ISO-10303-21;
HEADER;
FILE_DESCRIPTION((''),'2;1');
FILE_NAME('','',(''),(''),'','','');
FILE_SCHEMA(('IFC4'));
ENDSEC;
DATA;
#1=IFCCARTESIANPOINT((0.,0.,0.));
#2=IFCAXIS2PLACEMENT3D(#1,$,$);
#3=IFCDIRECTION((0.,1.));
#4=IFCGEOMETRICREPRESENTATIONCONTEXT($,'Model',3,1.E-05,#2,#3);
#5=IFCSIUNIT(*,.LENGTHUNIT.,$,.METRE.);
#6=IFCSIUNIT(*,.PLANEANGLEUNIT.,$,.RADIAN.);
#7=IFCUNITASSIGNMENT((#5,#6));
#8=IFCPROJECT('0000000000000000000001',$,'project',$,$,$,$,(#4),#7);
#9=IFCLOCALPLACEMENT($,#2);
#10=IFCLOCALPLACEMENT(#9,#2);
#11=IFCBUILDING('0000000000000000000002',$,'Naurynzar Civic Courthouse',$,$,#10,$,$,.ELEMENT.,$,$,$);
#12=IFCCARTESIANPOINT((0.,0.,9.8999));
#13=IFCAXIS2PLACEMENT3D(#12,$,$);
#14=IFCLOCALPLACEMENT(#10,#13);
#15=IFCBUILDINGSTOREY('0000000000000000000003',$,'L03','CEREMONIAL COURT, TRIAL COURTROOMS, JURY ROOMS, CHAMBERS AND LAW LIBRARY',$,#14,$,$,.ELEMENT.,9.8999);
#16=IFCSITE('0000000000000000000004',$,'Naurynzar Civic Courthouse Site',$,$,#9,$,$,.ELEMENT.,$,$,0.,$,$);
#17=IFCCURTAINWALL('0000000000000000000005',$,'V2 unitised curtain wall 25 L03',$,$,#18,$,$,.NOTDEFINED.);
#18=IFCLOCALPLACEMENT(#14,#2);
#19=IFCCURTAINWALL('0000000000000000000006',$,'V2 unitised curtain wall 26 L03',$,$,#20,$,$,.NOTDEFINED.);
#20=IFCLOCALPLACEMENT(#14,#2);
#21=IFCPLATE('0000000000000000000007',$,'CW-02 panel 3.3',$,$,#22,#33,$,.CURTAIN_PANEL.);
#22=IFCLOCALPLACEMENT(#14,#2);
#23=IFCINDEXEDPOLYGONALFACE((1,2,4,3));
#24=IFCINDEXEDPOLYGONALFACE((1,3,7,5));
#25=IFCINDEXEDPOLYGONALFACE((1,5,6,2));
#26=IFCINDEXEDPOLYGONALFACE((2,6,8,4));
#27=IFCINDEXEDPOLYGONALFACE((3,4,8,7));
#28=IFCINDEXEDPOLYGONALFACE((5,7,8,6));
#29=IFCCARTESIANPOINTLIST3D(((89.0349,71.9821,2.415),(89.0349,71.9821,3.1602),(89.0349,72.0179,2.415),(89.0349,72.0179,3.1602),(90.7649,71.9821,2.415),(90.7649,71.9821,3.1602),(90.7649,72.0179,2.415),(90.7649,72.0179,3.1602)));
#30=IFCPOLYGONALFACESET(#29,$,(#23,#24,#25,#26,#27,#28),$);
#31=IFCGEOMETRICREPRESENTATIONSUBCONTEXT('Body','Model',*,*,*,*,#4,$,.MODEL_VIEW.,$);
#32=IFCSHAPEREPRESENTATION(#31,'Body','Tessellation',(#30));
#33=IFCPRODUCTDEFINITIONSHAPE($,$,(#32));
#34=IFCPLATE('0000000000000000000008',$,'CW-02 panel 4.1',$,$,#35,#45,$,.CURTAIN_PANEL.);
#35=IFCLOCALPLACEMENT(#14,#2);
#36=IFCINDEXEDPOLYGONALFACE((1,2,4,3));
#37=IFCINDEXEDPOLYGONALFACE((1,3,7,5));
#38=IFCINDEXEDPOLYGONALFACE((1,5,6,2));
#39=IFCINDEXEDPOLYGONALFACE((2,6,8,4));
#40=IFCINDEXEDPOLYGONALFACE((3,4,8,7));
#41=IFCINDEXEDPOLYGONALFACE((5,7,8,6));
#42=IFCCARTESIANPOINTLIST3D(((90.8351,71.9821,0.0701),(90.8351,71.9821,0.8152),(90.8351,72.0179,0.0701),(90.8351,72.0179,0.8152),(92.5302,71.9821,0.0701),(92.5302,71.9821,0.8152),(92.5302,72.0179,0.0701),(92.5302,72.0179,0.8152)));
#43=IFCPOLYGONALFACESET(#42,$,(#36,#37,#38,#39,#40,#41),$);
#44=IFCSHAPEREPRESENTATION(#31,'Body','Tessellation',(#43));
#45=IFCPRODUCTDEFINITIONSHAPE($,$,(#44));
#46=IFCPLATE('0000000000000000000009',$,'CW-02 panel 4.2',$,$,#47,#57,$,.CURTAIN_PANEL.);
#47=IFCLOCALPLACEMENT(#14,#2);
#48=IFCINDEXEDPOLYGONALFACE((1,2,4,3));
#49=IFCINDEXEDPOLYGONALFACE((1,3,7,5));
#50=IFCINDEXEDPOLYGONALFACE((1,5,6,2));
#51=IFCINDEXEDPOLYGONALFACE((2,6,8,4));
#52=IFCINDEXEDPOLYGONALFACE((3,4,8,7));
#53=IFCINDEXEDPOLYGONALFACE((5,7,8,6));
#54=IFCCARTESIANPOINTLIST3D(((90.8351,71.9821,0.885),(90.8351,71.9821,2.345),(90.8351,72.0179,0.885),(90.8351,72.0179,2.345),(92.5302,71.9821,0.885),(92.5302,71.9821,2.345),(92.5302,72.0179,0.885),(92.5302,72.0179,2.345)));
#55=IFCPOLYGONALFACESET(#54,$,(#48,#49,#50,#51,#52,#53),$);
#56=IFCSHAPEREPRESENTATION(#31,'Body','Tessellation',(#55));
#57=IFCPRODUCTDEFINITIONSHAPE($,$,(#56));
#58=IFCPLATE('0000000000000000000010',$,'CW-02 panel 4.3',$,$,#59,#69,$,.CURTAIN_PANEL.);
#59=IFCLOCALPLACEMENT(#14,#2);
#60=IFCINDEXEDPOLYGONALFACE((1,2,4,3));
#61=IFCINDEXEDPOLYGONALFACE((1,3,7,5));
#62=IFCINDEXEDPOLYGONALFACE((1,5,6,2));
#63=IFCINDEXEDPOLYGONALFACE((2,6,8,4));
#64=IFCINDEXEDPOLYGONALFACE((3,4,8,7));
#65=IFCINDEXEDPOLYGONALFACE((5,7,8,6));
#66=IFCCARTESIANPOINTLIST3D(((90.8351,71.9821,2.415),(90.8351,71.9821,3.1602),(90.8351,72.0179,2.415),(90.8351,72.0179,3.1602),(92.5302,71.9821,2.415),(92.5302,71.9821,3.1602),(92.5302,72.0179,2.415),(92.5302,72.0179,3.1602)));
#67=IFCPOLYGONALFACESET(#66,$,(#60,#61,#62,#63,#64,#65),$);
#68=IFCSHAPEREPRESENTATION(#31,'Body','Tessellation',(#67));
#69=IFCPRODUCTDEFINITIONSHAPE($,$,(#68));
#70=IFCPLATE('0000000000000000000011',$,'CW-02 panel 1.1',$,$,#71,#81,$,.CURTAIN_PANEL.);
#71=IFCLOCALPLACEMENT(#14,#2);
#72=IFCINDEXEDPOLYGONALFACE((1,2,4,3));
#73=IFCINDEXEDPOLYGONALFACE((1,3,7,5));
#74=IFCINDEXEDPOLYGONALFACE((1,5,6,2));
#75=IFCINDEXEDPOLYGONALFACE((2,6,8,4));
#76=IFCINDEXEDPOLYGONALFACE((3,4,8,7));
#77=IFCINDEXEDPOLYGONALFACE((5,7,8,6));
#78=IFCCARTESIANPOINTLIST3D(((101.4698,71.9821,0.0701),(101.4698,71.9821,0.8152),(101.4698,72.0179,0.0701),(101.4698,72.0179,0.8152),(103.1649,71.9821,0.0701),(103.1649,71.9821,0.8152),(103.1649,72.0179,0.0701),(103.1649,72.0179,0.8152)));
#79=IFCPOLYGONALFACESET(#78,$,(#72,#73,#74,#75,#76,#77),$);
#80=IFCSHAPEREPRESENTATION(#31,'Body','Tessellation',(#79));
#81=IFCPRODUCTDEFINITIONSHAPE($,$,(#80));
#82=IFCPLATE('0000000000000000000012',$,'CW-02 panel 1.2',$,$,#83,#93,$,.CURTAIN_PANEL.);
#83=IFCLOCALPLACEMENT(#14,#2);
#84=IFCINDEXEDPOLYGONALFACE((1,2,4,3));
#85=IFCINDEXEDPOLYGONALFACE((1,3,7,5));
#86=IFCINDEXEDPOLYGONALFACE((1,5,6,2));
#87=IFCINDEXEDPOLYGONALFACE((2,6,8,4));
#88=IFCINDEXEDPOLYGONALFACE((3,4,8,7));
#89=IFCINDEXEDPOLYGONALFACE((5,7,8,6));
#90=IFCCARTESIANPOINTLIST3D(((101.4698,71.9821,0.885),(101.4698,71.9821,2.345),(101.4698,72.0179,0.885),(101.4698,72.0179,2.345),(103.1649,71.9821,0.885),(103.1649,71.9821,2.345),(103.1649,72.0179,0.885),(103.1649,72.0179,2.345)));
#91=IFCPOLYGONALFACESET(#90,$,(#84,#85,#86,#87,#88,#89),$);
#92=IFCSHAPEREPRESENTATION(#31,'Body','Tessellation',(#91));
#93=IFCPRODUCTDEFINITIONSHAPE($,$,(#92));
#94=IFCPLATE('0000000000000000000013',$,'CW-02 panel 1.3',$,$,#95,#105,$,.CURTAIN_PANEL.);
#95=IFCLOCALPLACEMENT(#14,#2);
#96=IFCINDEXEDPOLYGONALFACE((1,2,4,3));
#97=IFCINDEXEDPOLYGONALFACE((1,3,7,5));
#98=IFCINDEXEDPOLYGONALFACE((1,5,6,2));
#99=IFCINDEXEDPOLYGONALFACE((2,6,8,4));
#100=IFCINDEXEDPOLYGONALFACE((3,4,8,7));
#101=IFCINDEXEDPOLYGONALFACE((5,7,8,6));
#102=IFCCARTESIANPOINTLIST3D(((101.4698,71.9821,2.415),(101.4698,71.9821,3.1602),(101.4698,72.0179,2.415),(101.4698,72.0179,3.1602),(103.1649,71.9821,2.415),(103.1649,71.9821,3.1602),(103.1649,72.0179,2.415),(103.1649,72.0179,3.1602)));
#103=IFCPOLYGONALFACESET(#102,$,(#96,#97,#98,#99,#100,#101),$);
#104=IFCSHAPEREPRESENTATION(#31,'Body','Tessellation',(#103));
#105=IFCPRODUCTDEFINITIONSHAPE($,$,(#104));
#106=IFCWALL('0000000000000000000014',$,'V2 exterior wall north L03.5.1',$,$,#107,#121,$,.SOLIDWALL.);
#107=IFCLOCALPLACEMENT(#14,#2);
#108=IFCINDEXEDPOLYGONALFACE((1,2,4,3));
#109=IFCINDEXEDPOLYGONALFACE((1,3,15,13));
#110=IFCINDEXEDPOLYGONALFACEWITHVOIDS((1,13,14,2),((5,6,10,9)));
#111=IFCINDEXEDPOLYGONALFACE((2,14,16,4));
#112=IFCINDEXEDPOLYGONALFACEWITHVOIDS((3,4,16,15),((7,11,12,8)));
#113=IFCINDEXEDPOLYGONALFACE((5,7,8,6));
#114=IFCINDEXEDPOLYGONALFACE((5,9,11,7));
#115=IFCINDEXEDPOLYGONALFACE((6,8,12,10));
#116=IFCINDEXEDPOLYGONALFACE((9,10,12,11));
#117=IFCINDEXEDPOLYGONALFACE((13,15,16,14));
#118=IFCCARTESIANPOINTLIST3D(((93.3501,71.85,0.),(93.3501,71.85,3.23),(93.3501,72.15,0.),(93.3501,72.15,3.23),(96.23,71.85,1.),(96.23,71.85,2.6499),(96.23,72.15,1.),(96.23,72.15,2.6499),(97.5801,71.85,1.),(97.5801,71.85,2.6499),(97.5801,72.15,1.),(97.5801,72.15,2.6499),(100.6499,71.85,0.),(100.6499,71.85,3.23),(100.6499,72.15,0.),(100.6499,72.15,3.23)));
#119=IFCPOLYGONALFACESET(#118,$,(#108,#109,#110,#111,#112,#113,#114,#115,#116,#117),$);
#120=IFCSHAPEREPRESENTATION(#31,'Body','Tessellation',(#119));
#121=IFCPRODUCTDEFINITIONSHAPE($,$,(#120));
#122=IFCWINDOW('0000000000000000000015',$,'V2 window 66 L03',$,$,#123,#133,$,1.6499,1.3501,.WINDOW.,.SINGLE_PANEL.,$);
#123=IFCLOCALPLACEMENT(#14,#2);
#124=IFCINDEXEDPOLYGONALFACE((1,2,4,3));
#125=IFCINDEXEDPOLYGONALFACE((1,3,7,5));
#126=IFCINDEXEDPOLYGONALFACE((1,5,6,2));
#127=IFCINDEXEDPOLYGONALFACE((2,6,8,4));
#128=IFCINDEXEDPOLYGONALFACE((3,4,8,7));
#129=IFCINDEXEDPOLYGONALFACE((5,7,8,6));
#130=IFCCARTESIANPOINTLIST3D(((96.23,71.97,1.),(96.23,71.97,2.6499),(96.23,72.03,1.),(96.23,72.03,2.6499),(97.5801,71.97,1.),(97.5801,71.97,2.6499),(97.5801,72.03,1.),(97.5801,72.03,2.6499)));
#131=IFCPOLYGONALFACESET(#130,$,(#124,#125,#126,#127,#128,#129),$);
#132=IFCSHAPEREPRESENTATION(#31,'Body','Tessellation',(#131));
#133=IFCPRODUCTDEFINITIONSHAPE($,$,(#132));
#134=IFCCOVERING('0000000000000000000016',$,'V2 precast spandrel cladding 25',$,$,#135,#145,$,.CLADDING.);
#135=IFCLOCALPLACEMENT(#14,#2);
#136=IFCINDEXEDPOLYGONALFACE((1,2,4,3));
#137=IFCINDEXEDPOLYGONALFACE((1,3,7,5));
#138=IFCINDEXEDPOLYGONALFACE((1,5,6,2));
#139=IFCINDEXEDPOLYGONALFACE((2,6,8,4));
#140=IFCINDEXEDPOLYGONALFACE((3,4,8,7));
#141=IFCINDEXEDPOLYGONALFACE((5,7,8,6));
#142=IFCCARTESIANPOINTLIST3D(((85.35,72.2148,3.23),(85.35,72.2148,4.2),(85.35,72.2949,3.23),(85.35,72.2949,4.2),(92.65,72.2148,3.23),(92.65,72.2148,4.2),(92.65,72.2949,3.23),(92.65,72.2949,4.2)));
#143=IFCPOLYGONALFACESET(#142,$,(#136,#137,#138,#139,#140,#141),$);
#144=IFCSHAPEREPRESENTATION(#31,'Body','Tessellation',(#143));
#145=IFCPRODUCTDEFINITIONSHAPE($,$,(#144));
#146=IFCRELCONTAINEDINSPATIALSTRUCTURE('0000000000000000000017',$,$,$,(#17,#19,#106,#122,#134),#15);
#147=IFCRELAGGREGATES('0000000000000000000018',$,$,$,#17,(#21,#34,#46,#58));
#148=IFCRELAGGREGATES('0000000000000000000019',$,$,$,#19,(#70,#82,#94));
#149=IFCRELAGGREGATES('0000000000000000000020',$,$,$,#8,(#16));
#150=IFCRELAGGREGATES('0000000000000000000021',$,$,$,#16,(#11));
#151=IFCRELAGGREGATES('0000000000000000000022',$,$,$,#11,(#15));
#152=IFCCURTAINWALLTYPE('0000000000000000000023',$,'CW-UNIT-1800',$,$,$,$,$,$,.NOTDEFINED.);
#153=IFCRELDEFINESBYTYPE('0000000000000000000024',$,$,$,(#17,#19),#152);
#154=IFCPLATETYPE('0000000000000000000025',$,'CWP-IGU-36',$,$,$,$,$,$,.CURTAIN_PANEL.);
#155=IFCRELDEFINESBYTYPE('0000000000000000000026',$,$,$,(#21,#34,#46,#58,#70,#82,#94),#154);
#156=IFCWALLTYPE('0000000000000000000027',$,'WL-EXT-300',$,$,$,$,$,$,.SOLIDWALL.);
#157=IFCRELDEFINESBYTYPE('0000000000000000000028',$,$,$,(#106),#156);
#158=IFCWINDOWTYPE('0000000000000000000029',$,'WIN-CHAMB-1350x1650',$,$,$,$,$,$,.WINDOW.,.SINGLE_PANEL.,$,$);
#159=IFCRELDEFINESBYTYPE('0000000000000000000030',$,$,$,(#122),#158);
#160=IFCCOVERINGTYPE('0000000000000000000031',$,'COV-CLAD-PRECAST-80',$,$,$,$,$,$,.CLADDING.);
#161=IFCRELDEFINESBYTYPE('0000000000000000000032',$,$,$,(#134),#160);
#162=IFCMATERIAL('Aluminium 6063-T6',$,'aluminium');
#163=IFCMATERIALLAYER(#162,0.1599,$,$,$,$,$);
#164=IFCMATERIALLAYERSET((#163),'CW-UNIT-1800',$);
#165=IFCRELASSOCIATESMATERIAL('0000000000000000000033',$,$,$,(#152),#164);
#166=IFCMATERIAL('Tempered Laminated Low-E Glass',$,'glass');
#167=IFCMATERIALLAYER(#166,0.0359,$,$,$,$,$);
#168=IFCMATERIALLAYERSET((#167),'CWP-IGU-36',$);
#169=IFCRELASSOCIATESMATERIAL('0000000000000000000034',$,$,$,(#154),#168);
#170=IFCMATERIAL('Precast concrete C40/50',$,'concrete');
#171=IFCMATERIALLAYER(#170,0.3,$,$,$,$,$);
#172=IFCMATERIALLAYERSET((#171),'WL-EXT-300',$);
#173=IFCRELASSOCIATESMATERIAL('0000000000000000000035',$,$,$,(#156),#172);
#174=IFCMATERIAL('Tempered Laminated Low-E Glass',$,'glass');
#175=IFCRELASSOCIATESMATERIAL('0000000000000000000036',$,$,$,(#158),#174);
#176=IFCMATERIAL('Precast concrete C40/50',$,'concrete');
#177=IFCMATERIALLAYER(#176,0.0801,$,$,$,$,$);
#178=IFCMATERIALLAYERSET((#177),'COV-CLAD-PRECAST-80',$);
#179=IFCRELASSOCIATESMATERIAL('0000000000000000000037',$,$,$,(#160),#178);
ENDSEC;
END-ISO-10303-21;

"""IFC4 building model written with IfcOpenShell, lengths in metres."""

from ifc_helpers import new_model, si_unit, direction, frame, frame_2d, origin, origin_2d, place, context, subcontext, project, spatial, rectangle, extrude, material, layer, layer_set, type_object, element, fill, aggregate, save


model = new_model("IFC4")

# Units and contexts
model_context = context("Model", 3, precision=1e-05, world=origin(), true_north=direction((0.0, 1.0)))
body_context = subcontext(model_context, "Body", "Model", "MODEL_VIEW")
ifc_project = project(units=[si_unit("LENGTHUNIT", "METRE"), si_unit("PLANEANGLEUNIT", "RADIAN")], contexts=[model_context])

# Site, building, storey
site_placement = place(None, origin())
site = spatial("IfcSite", under=ifc_project, at=site_placement, Name="Naurynzar Civic Courthouse Site", CompositionType="ELEMENT", RefElevation=0.0)
building_placement = place(site_placement, origin())
building = spatial("IfcBuilding", under=site, at=building_placement, Name="Naurynzar Civic Courthouse", CompositionType="ELEMENT")
storey_placement = place(building_placement, frame((0.0, 0.0, 9.8999)))
storey = spatial("IfcBuildingStorey", under=building, at=storey_placement, Name="L03", Description="CEREMONIAL COURT, TRIAL COURTROOMS, JURY ROOMS, CHAMBERS AND LAW LIBRARY", CompositionType="ELEMENT", Elevation=9.8999)

# Curtain wall
ifc_material_1 = material(Name="Aluminium 6063-T6", Category="aluminium")
ifc_layer_1 = layer(ifc_material_1, 0.1599)
ifc_layer_set_1 = layer_set([ifc_layer_1], Name="CW-UNIT-1800")
curtain_wall_type = type_object("IfcCurtainWallType", Name="CW-UNIT-1800", PredefinedType="NOTDEFINED", material=ifc_layer_set_1)
curtain_wall_1_placement = place(storey_placement, origin())
curtain_wall_1 = element("IfcCurtainWall", 1, at=curtain_wall_1_placement, inside=storey, type_object=curtain_wall_type, Name="V2 unitised curtain wall 25 L03", PredefinedType="NOTDEFINED")

# Curtain wall
curtain_wall_2_placement = place(storey_placement, origin())
curtain_wall_2 = element("IfcCurtainWall", 2, at=curtain_wall_2_placement, inside=storey, type_object=curtain_wall_type, Name="V2 unitised curtain wall 26 L03", PredefinedType="NOTDEFINED")

# Plates
ifc_material_2 = material(Name="Tempered Laminated Low-E Glass", Category="glass")
ifc_layer_2 = layer(ifc_material_2, 0.0359)
ifc_layer_set_2 = layer_set([ifc_layer_2], Name="CWP-IGU-36")
plate_type = type_object("IfcPlateType", Name="CWP-IGU-36", PredefinedType="CURTAIN_PANEL", material=ifc_layer_set_2)
plate_1_placement = place(storey_placement, frame((89.8999, 72.0, 2.415), z_axis=(0.0, 0.0, 1.0), x_axis=(1.0, 0.0, 0.0)))
plate_1 = element("IfcPlate", 3, at=plate_1_placement, type_object=plate_type, Name="CW-02 panel 3.3", PredefinedType="CURTAIN_PANEL", context=body_context, shape_type="SweptSolid", body=[
    extrude(rectangle(XDim=1.73, YDim=0.0359, at=origin_2d()), origin(), (0.0, 0.0, 1.0), 0.7451),
])
plate_2_placement = place(storey_placement, frame((91.6826, 72.0, 0.0701), z_axis=(0.0, 0.0, 1.0), x_axis=(1.0, 0.0, 0.0)))
plate_2 = element("IfcPlate", 4, at=plate_2_placement, type_object=plate_type, Name="CW-02 panel 4.1", PredefinedType="CURTAIN_PANEL", context=body_context, shape_type="SweptSolid", body=[
    extrude(rectangle(XDim=1.6951, YDim=0.0359, at=origin_2d()), origin(), (0.0, 0.0, 1.0), 0.7451),
])
plate_3_placement = place(storey_placement, frame((91.6826, 72.0, 0.885), z_axis=(0.0, 0.0, 1.0), x_axis=(1.0, 0.0, 0.0)))
plate_3 = element("IfcPlate", 5, at=plate_3_placement, type_object=plate_type, Name="CW-02 panel 4.2", PredefinedType="CURTAIN_PANEL", context=body_context, shape_type="SweptSolid", body=[
    extrude(rectangle(XDim=1.6951, YDim=0.0359, at=origin_2d()), origin(), (0.0, 0.0, 1.0), 1.46),
])
plate_4_placement = place(storey_placement, frame((91.6826, 72.0, 2.415), z_axis=(0.0, 0.0, 1.0), x_axis=(1.0, 0.0, 0.0)))
plate_4 = element("IfcPlate", 6, at=plate_4_placement, type_object=plate_type, Name="CW-02 panel 4.3", PredefinedType="CURTAIN_PANEL", context=body_context, shape_type="SweptSolid", body=[
    extrude(rectangle(XDim=1.6951, YDim=0.0359, at=origin_2d()), origin(), (0.0, 0.0, 1.0), 0.7451),
])
aggregate(curtain_wall_1, [plate_1, plate_2, plate_3, plate_4])
plate_5_placement = place(storey_placement, frame((102.3174, 72.0, 0.0701), z_axis=(0.0, 0.0, 1.0), x_axis=(1.0, 0.0, 0.0)))
plate_5 = element("IfcPlate", 7, at=plate_5_placement, type_object=plate_type, Name="CW-02 panel 1.1", PredefinedType="CURTAIN_PANEL", context=body_context, shape_type="SweptSolid", body=[
    extrude(rectangle(XDim=1.6951, YDim=0.0359, at=origin_2d()), origin(), (0.0, 0.0, 1.0), 0.7451),
])
plate_6_placement = place(storey_placement, frame((102.3174, 72.0, 0.885), z_axis=(0.0, 0.0, 1.0), x_axis=(1.0, 0.0, 0.0)))
plate_6 = element("IfcPlate", 8, at=plate_6_placement, type_object=plate_type, Name="CW-02 panel 1.2", PredefinedType="CURTAIN_PANEL", context=body_context, shape_type="SweptSolid", body=[
    extrude(rectangle(XDim=1.6951, YDim=0.0359, at=origin_2d()), origin(), (0.0, 0.0, 1.0), 1.46),
])
plate_7_placement = place(storey_placement, frame((102.3174, 72.0, 2.415), z_axis=(0.0, 0.0, 1.0), x_axis=(1.0, 0.0, 0.0)))
plate_7 = element("IfcPlate", 9, at=plate_7_placement, type_object=plate_type, Name="CW-02 panel 1.3", PredefinedType="CURTAIN_PANEL", context=body_context, shape_type="SweptSolid", body=[
    extrude(rectangle(XDim=1.6951, YDim=0.0359, at=origin_2d()), origin(), (0.0, 0.0, 1.0), 0.7451),
])
aggregate(curtain_wall_2, [plate_5, plate_6, plate_7])

# Wall, opening, window
ifc_material_3 = material(Name="Precast concrete C40/50", Category="concrete")
ifc_layer_3 = layer(ifc_material_3, 0.3)
ifc_layer_set_3 = layer_set([ifc_layer_3], Name="WL-EXT-300")
wall_type = type_object("IfcWallType", Name="WL-EXT-300", PredefinedType="SOLIDWALL", material=ifc_layer_set_3)
wall_placement = place(storey_placement, frame((93.3501, 72.0, 0.0), z_axis=(0.0, 0.0, 1.0), x_axis=(1.0, 0.0, 0.0)))
wall = element("IfcWall", 10, at=wall_placement, inside=storey, type_object=wall_type, Name="V2 exterior wall north L03.5.1", PredefinedType="SOLIDWALL", context=body_context, shape_type="SweptSolid", body=[
    extrude(rectangle(XDim=7.2998, YDim=0.3, at=frame_2d((3.6499, 0.0))), origin(), (0.0, 0.0, 1.0), 3.23),
])
opening_placement = place(wall_placement, frame((2.8799, 0.0, 1.0)))
opening = element("IfcOpeningElement", 11, at=opening_placement, cuts=wall, PredefinedType="OPENING", context=body_context, shape_type="SweptSolid", body=[
    extrude(rectangle(XDim=1.3501, YDim=1.6499, at=frame_2d((0.675, 0.825))), frame((0.0, 0.1599, 0.0), z_axis=(0.0, -1.0, 0.0), x_axis=(1.0, 0.0, 0.0)), (0.0, 0.0, 1.0), 0.3201),
])
ifc_material_4 = material(Name="Tempered Laminated Low-E Glass", Category="glass")
window_type = type_object("IfcWindowType", Name="WIN-CHAMB-1350x1650", PartitioningType="SINGLE_PANEL", PredefinedType="WINDOW", material=ifc_material_4)
window_placement = place(opening_placement, origin())
window = element("IfcWindow", 12, at=window_placement, inside=storey, type_object=window_type, Name="V2 window 66 L03", OverallHeight=1.6499, OverallWidth=1.3501, PartitioningType="SINGLE_PANEL", PredefinedType="WINDOW", context=body_context, shape_type="SweptSolid", body=[
    extrude(rectangle(XDim=1.3501, YDim=1.6499, at=frame_2d((0.675, 0.825))), frame((0.0, 0.03, 0.0), z_axis=(0.0, -1.0, 0.0), x_axis=(1.0, 0.0, 0.0)), (0.0, 0.0, 1.0), 0.0601),
])
fill(opening, window)

# Covering
ifc_material_5 = material(Name="Precast concrete C40/50", Category="concrete")
ifc_layer_4 = layer(ifc_material_5, 0.0801)
ifc_layer_set_4 = layer_set([ifc_layer_4], Name="COV-CLAD-PRECAST-80")
covering_type = type_object("IfcCoveringType", Name="COV-CLAD-PRECAST-80", PredefinedType="CLADDING", material=ifc_layer_set_4)
covering_placement = place(storey_placement, frame((89.0, 72.2549, 3.23), z_axis=(0.0, 0.0, 1.0), x_axis=(1.0, 0.0, 0.0)))
element("IfcCovering", 13, at=covering_placement, inside=storey, type_object=covering_type, Name="V2 precast spandrel cladding 25", PredefinedType="CLADDING", context=body_context, shape_type="SweptSolid", body=[
    extrude(rectangle(XDim=7.3, YDim=0.0801, at=origin_2d()), origin(), (0.0, 0.0, 1.0), 0.97),
])

save(model, "model.ifc")
